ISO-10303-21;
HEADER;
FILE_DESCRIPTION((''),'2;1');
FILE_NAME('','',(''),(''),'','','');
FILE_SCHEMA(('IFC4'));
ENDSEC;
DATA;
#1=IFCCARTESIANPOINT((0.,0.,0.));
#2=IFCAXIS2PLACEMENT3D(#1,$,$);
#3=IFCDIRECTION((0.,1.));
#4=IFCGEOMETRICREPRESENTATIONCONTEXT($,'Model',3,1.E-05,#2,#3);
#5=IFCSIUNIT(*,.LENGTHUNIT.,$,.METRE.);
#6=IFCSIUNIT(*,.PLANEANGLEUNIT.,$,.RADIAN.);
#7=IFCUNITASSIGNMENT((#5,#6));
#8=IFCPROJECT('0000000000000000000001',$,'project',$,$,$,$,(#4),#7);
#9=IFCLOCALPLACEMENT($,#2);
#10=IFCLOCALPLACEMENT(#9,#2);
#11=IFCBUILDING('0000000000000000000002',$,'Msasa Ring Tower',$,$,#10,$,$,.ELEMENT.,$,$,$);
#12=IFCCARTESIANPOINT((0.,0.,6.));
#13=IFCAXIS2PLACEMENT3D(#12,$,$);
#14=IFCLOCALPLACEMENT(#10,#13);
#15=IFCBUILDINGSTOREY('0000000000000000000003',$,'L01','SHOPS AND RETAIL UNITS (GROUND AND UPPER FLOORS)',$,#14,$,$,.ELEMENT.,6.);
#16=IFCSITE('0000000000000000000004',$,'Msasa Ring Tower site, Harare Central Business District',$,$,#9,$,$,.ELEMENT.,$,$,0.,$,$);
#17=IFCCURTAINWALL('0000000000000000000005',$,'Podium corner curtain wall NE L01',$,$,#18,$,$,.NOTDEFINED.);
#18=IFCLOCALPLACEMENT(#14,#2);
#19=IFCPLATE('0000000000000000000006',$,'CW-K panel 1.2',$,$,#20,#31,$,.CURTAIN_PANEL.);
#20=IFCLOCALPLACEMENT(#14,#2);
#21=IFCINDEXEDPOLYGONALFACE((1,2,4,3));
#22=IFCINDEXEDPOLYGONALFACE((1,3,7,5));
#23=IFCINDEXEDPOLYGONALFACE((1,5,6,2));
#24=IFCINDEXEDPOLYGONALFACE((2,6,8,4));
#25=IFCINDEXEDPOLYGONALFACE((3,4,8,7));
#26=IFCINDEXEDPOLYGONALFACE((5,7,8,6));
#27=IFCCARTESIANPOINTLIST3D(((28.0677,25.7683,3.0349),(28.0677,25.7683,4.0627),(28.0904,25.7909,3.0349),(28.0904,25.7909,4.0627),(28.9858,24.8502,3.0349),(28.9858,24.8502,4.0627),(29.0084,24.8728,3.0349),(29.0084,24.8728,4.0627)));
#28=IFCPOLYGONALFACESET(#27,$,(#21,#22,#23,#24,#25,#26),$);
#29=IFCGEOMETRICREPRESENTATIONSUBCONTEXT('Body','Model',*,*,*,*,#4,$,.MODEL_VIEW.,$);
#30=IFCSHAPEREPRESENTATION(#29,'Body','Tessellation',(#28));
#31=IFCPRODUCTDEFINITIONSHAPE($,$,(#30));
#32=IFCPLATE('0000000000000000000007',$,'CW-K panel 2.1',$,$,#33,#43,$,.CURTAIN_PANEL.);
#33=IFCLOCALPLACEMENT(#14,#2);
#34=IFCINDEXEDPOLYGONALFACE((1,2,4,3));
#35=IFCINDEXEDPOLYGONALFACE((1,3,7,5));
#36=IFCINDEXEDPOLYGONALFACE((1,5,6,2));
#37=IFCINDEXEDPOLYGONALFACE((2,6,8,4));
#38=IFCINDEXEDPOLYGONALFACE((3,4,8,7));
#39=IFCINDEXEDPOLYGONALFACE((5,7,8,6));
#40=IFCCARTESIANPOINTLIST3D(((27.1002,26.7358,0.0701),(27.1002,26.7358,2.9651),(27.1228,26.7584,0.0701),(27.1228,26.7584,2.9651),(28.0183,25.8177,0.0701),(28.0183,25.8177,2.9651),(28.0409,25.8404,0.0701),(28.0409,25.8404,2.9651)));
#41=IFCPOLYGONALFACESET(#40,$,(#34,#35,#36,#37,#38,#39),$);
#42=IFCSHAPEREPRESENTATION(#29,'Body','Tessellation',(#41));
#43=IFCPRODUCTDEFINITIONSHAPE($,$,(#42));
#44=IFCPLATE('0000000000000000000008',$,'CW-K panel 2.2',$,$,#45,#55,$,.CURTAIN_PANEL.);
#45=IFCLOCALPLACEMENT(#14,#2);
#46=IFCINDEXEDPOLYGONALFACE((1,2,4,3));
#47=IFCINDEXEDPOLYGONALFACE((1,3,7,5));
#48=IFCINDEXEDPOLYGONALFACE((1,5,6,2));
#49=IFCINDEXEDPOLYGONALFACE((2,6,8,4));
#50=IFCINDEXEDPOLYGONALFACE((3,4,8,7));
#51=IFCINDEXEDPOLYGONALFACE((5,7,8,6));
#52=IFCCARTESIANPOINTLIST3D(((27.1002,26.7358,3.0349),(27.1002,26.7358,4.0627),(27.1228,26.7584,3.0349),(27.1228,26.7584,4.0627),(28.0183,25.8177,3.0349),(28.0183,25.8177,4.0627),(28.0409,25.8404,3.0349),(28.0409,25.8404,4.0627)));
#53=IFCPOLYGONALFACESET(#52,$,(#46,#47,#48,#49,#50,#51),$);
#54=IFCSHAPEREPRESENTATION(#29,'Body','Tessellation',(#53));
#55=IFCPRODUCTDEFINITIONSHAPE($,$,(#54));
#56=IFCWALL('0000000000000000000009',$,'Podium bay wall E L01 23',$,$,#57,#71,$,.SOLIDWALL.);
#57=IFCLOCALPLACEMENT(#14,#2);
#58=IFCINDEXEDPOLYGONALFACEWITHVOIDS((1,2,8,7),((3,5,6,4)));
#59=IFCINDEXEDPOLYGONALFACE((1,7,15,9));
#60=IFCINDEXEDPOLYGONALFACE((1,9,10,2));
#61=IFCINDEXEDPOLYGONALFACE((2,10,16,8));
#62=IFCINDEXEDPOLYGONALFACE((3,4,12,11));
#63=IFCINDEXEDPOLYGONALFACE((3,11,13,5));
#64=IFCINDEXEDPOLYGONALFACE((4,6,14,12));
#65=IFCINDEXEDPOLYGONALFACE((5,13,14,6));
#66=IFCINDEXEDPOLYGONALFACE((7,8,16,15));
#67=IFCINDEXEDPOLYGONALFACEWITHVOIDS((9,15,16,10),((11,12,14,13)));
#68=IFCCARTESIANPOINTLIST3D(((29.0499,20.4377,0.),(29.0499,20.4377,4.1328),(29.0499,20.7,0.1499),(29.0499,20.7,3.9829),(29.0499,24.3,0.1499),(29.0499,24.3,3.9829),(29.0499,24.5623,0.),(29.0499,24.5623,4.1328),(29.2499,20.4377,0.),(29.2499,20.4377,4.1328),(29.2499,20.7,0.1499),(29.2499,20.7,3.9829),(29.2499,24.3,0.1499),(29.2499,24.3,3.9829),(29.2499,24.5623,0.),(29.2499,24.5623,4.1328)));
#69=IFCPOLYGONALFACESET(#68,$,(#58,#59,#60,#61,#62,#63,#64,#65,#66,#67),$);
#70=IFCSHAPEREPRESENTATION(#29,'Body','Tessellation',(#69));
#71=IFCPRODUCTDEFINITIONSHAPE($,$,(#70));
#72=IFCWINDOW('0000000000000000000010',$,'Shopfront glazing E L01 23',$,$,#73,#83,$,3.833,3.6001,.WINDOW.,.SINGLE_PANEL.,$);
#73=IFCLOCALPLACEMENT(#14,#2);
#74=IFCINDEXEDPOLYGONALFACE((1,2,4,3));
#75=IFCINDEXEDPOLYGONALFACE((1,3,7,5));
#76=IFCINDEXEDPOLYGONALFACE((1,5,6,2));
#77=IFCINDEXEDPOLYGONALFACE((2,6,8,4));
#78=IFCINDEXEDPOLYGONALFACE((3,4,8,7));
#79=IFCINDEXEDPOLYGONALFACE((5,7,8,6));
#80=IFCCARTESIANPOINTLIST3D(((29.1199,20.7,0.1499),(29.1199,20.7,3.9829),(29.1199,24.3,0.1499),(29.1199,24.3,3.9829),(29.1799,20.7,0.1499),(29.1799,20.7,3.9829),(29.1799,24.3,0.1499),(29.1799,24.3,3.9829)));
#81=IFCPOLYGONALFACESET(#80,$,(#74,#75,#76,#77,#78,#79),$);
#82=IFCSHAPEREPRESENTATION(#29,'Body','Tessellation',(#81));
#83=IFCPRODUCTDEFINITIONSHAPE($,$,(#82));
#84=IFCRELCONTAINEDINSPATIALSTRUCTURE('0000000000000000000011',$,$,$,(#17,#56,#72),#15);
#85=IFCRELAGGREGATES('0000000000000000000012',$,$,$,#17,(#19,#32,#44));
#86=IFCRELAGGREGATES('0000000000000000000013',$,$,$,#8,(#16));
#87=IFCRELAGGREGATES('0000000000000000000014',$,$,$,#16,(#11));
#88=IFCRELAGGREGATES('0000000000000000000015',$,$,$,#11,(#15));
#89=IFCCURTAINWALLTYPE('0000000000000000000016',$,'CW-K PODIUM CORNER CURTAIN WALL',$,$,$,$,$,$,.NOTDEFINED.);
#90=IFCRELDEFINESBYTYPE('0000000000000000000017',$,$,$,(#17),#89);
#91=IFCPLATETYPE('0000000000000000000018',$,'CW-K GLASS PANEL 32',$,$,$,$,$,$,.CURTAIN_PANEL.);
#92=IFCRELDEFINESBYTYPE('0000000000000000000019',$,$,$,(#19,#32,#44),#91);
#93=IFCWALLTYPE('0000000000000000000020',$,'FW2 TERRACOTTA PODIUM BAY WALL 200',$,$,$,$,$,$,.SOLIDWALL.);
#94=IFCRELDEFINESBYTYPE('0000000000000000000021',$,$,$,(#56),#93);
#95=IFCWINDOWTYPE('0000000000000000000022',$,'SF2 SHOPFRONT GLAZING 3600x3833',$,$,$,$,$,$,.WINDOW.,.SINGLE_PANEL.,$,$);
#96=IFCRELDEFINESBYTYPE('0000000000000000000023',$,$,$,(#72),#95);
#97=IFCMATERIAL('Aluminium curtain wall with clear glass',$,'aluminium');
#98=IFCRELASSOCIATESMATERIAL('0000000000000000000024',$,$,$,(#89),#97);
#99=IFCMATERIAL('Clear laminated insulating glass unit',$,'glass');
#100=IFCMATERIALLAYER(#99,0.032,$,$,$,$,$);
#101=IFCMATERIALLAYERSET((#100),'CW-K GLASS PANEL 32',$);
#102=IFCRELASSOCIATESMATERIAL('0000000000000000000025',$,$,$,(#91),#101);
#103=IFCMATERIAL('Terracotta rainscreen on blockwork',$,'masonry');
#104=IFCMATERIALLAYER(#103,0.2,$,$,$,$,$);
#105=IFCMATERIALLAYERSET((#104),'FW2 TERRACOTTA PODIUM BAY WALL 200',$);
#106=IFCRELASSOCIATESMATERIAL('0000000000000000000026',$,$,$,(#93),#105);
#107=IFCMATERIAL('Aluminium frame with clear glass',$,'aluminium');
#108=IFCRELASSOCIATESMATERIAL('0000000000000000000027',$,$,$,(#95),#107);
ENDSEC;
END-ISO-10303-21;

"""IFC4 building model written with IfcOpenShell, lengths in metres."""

from ifc_helpers import new_model, si_unit, direction, frame, frame_2d, origin, origin_2d, place, context, subcontext, project, spatial, rectangle, extrude, material, layer, layer_set, type_object, element, fill, aggregate, save


model = new_model("IFC4")

# Units and contexts
model_context = context("Model", 3, precision=1e-05, world=origin(), true_north=direction((0.0, 1.0)))
body_context = subcontext(model_context, "Body", "Model", "MODEL_VIEW")
ifc_project = project(units=[si_unit("LENGTHUNIT", "METRE"), si_unit("PLANEANGLEUNIT", "RADIAN")], contexts=[model_context])

# Site, building, storey
site_placement = place(None, origin())
site = spatial("IfcSite", under=ifc_project, at=site_placement, Name="Msasa Ring Tower site, Harare Central Business District", CompositionType="ELEMENT", RefElevation=0.0)
building_placement = place(site_placement, origin())
building = spatial("IfcBuilding", under=site, at=building_placement, Name="Msasa Ring Tower", CompositionType="ELEMENT")
storey_placement = place(building_placement, frame((0.0, 0.0, 6.0)))
storey = spatial("IfcBuildingStorey", under=building, at=storey_placement, Name="L01", Description="SHOPS AND RETAIL UNITS (GROUND AND UPPER FLOORS)", CompositionType="ELEMENT", Elevation=6.0)

# Curtain wall
ifc_material_1 = material(Name="Aluminium curtain wall with clear glass", Category="aluminium")
curtain_wall_type = type_object("IfcCurtainWallType", Name="CW-K PODIUM CORNER CURTAIN WALL", PredefinedType="NOTDEFINED", material=ifc_material_1)
curtain_wall_placement = place(storey_placement, origin())
curtain_wall = element("IfcCurtainWall", 1, at=curtain_wall_placement, inside=storey, type_object=curtain_wall_type, Name="Podium corner curtain wall NE L01", PredefinedType="NOTDEFINED")

# Plates
ifc_material_2 = material(Name="Clear laminated insulating glass unit", Category="glass")
ifc_layer_1 = layer(ifc_material_2, 0.032)
ifc_layer_set_1 = layer_set([ifc_layer_1], Name="CW-K GLASS PANEL 32")
plate_type = type_object("IfcPlateType", Name="CW-K GLASS PANEL 32", PredefinedType="CURTAIN_PANEL", material=ifc_layer_set_1)
plate_1_placement = place(storey_placement, frame((28.5381, 25.3206, 3.0349), z_axis=(0.0, 0.0, 1.0), x_axis=(-0.707107, 0.707107, 0.0)))
plate_1 = element("IfcPlate", 2, at=plate_1_placement, type_object=plate_type, Name="CW-K panel 1.2", PredefinedType="CURTAIN_PANEL", context=body_context, shape_type="SweptSolid", body=[
    extrude(rectangle(XDim=1.2983, YDim=0.032, at=origin_2d()), origin(), (0.0, 0.0, 1.0), 1.0278),
])
plate_2_placement = place(storey_placement, frame((27.5706, 26.2881, 0.0701), z_axis=(0.0, 0.0, 1.0), x_axis=(-0.707107, 0.707107, 0.0)))
plate_2 = element("IfcPlate", 3, at=plate_2_placement, type_object=plate_type, Name="CW-K panel 2.1", PredefinedType="CURTAIN_PANEL", context=body_context, shape_type="SweptSolid", body=[
    extrude(rectangle(XDim=1.2983, YDim=0.032, at=origin_2d()), origin(), (0.0, 0.0, 1.0), 2.895),
])
plate_3_placement = place(storey_placement, frame((27.5706, 26.2881, 3.0349), z_axis=(0.0, 0.0, 1.0), x_axis=(-0.707107, 0.707107, 0.0)))
plate_3 = element("IfcPlate", 4, at=plate_3_placement, type_object=plate_type, Name="CW-K panel 2.2", PredefinedType="CURTAIN_PANEL", context=body_context, shape_type="SweptSolid", body=[
    extrude(rectangle(XDim=1.2983, YDim=0.032, at=origin_2d()), origin(), (0.0, 0.0, 1.0), 1.0278),
])
aggregate(curtain_wall, [plate_1, plate_2, plate_3])

# Wall, opening, window
ifc_material_3 = material(Name="Terracotta rainscreen on blockwork", Category="masonry")
ifc_layer_2 = layer(ifc_material_3, 0.2)
ifc_layer_set_2 = layer_set([ifc_layer_2], Name="FW2 TERRACOTTA PODIUM BAY WALL 200")
wall_type = type_object("IfcWallType", Name="FW2 TERRACOTTA PODIUM BAY WALL 200", PredefinedType="SOLIDWALL", material=ifc_layer_set_2)
wall_placement = place(storey_placement, frame((29.1499, 20.4377, 0.0), z_axis=(0.0, 0.0, 1.0), x_axis=(0.0, 1.0, 0.0)))
wall = element("IfcWall", 5, at=wall_placement, inside=storey, type_object=wall_type, Name="Podium bay wall E L01 23", PredefinedType="SOLIDWALL", context=body_context, shape_type="SweptSolid", body=[
    extrude(rectangle(XDim=4.1245, YDim=0.2, at=frame_2d((2.0623, 0.0))), origin(), (0.0, 0.0, 1.0), 4.1328),
])
opening_placement = place(wall_placement, frame((0.2622, 0.0, 0.1499)))
opening = element("IfcOpeningElement", 6, at=opening_placement, cuts=wall, PredefinedType="OPENING", context=body_context, shape_type="SweptSolid", body=[
    extrude(rectangle(XDim=3.6001, YDim=3.833, at=frame_2d((1.8, 1.9165))), frame((0.0, 0.1099, 0.0), z_axis=(0.0, -1.0, 0.0), x_axis=(1.0, 0.0, 0.0)), (0.0, 0.0, 1.0), 0.22),
])
ifc_material_4 = material(Name="Aluminium frame with clear glass", Category="aluminium")
window_type = type_object("IfcWindowType", Name="SF2 SHOPFRONT GLAZING 3600x3833", PartitioningType="SINGLE_PANEL", PredefinedType="WINDOW", material=ifc_material_4)
window_placement = place(opening_placement, origin())
window = element("IfcWindow", 7, at=window_placement, inside=storey, type_object=window_type, Name="Shopfront glazing E L01 23", OverallHeight=3.833, OverallWidth=3.6001, PartitioningType="SINGLE_PANEL", PredefinedType="WINDOW", context=body_context, shape_type="SweptSolid", body=[
    extrude(rectangle(XDim=3.6001, YDim=3.833, at=frame_2d((1.8, 1.9165))), frame((0.0, 0.03, 0.0), z_axis=(0.0, -1.0, 0.0), x_axis=(1.0, 0.0, 0.0)), (0.0, 0.0, 1.0), 0.0601),
])
fill(opening, window)

save(model, "model.ifc")
